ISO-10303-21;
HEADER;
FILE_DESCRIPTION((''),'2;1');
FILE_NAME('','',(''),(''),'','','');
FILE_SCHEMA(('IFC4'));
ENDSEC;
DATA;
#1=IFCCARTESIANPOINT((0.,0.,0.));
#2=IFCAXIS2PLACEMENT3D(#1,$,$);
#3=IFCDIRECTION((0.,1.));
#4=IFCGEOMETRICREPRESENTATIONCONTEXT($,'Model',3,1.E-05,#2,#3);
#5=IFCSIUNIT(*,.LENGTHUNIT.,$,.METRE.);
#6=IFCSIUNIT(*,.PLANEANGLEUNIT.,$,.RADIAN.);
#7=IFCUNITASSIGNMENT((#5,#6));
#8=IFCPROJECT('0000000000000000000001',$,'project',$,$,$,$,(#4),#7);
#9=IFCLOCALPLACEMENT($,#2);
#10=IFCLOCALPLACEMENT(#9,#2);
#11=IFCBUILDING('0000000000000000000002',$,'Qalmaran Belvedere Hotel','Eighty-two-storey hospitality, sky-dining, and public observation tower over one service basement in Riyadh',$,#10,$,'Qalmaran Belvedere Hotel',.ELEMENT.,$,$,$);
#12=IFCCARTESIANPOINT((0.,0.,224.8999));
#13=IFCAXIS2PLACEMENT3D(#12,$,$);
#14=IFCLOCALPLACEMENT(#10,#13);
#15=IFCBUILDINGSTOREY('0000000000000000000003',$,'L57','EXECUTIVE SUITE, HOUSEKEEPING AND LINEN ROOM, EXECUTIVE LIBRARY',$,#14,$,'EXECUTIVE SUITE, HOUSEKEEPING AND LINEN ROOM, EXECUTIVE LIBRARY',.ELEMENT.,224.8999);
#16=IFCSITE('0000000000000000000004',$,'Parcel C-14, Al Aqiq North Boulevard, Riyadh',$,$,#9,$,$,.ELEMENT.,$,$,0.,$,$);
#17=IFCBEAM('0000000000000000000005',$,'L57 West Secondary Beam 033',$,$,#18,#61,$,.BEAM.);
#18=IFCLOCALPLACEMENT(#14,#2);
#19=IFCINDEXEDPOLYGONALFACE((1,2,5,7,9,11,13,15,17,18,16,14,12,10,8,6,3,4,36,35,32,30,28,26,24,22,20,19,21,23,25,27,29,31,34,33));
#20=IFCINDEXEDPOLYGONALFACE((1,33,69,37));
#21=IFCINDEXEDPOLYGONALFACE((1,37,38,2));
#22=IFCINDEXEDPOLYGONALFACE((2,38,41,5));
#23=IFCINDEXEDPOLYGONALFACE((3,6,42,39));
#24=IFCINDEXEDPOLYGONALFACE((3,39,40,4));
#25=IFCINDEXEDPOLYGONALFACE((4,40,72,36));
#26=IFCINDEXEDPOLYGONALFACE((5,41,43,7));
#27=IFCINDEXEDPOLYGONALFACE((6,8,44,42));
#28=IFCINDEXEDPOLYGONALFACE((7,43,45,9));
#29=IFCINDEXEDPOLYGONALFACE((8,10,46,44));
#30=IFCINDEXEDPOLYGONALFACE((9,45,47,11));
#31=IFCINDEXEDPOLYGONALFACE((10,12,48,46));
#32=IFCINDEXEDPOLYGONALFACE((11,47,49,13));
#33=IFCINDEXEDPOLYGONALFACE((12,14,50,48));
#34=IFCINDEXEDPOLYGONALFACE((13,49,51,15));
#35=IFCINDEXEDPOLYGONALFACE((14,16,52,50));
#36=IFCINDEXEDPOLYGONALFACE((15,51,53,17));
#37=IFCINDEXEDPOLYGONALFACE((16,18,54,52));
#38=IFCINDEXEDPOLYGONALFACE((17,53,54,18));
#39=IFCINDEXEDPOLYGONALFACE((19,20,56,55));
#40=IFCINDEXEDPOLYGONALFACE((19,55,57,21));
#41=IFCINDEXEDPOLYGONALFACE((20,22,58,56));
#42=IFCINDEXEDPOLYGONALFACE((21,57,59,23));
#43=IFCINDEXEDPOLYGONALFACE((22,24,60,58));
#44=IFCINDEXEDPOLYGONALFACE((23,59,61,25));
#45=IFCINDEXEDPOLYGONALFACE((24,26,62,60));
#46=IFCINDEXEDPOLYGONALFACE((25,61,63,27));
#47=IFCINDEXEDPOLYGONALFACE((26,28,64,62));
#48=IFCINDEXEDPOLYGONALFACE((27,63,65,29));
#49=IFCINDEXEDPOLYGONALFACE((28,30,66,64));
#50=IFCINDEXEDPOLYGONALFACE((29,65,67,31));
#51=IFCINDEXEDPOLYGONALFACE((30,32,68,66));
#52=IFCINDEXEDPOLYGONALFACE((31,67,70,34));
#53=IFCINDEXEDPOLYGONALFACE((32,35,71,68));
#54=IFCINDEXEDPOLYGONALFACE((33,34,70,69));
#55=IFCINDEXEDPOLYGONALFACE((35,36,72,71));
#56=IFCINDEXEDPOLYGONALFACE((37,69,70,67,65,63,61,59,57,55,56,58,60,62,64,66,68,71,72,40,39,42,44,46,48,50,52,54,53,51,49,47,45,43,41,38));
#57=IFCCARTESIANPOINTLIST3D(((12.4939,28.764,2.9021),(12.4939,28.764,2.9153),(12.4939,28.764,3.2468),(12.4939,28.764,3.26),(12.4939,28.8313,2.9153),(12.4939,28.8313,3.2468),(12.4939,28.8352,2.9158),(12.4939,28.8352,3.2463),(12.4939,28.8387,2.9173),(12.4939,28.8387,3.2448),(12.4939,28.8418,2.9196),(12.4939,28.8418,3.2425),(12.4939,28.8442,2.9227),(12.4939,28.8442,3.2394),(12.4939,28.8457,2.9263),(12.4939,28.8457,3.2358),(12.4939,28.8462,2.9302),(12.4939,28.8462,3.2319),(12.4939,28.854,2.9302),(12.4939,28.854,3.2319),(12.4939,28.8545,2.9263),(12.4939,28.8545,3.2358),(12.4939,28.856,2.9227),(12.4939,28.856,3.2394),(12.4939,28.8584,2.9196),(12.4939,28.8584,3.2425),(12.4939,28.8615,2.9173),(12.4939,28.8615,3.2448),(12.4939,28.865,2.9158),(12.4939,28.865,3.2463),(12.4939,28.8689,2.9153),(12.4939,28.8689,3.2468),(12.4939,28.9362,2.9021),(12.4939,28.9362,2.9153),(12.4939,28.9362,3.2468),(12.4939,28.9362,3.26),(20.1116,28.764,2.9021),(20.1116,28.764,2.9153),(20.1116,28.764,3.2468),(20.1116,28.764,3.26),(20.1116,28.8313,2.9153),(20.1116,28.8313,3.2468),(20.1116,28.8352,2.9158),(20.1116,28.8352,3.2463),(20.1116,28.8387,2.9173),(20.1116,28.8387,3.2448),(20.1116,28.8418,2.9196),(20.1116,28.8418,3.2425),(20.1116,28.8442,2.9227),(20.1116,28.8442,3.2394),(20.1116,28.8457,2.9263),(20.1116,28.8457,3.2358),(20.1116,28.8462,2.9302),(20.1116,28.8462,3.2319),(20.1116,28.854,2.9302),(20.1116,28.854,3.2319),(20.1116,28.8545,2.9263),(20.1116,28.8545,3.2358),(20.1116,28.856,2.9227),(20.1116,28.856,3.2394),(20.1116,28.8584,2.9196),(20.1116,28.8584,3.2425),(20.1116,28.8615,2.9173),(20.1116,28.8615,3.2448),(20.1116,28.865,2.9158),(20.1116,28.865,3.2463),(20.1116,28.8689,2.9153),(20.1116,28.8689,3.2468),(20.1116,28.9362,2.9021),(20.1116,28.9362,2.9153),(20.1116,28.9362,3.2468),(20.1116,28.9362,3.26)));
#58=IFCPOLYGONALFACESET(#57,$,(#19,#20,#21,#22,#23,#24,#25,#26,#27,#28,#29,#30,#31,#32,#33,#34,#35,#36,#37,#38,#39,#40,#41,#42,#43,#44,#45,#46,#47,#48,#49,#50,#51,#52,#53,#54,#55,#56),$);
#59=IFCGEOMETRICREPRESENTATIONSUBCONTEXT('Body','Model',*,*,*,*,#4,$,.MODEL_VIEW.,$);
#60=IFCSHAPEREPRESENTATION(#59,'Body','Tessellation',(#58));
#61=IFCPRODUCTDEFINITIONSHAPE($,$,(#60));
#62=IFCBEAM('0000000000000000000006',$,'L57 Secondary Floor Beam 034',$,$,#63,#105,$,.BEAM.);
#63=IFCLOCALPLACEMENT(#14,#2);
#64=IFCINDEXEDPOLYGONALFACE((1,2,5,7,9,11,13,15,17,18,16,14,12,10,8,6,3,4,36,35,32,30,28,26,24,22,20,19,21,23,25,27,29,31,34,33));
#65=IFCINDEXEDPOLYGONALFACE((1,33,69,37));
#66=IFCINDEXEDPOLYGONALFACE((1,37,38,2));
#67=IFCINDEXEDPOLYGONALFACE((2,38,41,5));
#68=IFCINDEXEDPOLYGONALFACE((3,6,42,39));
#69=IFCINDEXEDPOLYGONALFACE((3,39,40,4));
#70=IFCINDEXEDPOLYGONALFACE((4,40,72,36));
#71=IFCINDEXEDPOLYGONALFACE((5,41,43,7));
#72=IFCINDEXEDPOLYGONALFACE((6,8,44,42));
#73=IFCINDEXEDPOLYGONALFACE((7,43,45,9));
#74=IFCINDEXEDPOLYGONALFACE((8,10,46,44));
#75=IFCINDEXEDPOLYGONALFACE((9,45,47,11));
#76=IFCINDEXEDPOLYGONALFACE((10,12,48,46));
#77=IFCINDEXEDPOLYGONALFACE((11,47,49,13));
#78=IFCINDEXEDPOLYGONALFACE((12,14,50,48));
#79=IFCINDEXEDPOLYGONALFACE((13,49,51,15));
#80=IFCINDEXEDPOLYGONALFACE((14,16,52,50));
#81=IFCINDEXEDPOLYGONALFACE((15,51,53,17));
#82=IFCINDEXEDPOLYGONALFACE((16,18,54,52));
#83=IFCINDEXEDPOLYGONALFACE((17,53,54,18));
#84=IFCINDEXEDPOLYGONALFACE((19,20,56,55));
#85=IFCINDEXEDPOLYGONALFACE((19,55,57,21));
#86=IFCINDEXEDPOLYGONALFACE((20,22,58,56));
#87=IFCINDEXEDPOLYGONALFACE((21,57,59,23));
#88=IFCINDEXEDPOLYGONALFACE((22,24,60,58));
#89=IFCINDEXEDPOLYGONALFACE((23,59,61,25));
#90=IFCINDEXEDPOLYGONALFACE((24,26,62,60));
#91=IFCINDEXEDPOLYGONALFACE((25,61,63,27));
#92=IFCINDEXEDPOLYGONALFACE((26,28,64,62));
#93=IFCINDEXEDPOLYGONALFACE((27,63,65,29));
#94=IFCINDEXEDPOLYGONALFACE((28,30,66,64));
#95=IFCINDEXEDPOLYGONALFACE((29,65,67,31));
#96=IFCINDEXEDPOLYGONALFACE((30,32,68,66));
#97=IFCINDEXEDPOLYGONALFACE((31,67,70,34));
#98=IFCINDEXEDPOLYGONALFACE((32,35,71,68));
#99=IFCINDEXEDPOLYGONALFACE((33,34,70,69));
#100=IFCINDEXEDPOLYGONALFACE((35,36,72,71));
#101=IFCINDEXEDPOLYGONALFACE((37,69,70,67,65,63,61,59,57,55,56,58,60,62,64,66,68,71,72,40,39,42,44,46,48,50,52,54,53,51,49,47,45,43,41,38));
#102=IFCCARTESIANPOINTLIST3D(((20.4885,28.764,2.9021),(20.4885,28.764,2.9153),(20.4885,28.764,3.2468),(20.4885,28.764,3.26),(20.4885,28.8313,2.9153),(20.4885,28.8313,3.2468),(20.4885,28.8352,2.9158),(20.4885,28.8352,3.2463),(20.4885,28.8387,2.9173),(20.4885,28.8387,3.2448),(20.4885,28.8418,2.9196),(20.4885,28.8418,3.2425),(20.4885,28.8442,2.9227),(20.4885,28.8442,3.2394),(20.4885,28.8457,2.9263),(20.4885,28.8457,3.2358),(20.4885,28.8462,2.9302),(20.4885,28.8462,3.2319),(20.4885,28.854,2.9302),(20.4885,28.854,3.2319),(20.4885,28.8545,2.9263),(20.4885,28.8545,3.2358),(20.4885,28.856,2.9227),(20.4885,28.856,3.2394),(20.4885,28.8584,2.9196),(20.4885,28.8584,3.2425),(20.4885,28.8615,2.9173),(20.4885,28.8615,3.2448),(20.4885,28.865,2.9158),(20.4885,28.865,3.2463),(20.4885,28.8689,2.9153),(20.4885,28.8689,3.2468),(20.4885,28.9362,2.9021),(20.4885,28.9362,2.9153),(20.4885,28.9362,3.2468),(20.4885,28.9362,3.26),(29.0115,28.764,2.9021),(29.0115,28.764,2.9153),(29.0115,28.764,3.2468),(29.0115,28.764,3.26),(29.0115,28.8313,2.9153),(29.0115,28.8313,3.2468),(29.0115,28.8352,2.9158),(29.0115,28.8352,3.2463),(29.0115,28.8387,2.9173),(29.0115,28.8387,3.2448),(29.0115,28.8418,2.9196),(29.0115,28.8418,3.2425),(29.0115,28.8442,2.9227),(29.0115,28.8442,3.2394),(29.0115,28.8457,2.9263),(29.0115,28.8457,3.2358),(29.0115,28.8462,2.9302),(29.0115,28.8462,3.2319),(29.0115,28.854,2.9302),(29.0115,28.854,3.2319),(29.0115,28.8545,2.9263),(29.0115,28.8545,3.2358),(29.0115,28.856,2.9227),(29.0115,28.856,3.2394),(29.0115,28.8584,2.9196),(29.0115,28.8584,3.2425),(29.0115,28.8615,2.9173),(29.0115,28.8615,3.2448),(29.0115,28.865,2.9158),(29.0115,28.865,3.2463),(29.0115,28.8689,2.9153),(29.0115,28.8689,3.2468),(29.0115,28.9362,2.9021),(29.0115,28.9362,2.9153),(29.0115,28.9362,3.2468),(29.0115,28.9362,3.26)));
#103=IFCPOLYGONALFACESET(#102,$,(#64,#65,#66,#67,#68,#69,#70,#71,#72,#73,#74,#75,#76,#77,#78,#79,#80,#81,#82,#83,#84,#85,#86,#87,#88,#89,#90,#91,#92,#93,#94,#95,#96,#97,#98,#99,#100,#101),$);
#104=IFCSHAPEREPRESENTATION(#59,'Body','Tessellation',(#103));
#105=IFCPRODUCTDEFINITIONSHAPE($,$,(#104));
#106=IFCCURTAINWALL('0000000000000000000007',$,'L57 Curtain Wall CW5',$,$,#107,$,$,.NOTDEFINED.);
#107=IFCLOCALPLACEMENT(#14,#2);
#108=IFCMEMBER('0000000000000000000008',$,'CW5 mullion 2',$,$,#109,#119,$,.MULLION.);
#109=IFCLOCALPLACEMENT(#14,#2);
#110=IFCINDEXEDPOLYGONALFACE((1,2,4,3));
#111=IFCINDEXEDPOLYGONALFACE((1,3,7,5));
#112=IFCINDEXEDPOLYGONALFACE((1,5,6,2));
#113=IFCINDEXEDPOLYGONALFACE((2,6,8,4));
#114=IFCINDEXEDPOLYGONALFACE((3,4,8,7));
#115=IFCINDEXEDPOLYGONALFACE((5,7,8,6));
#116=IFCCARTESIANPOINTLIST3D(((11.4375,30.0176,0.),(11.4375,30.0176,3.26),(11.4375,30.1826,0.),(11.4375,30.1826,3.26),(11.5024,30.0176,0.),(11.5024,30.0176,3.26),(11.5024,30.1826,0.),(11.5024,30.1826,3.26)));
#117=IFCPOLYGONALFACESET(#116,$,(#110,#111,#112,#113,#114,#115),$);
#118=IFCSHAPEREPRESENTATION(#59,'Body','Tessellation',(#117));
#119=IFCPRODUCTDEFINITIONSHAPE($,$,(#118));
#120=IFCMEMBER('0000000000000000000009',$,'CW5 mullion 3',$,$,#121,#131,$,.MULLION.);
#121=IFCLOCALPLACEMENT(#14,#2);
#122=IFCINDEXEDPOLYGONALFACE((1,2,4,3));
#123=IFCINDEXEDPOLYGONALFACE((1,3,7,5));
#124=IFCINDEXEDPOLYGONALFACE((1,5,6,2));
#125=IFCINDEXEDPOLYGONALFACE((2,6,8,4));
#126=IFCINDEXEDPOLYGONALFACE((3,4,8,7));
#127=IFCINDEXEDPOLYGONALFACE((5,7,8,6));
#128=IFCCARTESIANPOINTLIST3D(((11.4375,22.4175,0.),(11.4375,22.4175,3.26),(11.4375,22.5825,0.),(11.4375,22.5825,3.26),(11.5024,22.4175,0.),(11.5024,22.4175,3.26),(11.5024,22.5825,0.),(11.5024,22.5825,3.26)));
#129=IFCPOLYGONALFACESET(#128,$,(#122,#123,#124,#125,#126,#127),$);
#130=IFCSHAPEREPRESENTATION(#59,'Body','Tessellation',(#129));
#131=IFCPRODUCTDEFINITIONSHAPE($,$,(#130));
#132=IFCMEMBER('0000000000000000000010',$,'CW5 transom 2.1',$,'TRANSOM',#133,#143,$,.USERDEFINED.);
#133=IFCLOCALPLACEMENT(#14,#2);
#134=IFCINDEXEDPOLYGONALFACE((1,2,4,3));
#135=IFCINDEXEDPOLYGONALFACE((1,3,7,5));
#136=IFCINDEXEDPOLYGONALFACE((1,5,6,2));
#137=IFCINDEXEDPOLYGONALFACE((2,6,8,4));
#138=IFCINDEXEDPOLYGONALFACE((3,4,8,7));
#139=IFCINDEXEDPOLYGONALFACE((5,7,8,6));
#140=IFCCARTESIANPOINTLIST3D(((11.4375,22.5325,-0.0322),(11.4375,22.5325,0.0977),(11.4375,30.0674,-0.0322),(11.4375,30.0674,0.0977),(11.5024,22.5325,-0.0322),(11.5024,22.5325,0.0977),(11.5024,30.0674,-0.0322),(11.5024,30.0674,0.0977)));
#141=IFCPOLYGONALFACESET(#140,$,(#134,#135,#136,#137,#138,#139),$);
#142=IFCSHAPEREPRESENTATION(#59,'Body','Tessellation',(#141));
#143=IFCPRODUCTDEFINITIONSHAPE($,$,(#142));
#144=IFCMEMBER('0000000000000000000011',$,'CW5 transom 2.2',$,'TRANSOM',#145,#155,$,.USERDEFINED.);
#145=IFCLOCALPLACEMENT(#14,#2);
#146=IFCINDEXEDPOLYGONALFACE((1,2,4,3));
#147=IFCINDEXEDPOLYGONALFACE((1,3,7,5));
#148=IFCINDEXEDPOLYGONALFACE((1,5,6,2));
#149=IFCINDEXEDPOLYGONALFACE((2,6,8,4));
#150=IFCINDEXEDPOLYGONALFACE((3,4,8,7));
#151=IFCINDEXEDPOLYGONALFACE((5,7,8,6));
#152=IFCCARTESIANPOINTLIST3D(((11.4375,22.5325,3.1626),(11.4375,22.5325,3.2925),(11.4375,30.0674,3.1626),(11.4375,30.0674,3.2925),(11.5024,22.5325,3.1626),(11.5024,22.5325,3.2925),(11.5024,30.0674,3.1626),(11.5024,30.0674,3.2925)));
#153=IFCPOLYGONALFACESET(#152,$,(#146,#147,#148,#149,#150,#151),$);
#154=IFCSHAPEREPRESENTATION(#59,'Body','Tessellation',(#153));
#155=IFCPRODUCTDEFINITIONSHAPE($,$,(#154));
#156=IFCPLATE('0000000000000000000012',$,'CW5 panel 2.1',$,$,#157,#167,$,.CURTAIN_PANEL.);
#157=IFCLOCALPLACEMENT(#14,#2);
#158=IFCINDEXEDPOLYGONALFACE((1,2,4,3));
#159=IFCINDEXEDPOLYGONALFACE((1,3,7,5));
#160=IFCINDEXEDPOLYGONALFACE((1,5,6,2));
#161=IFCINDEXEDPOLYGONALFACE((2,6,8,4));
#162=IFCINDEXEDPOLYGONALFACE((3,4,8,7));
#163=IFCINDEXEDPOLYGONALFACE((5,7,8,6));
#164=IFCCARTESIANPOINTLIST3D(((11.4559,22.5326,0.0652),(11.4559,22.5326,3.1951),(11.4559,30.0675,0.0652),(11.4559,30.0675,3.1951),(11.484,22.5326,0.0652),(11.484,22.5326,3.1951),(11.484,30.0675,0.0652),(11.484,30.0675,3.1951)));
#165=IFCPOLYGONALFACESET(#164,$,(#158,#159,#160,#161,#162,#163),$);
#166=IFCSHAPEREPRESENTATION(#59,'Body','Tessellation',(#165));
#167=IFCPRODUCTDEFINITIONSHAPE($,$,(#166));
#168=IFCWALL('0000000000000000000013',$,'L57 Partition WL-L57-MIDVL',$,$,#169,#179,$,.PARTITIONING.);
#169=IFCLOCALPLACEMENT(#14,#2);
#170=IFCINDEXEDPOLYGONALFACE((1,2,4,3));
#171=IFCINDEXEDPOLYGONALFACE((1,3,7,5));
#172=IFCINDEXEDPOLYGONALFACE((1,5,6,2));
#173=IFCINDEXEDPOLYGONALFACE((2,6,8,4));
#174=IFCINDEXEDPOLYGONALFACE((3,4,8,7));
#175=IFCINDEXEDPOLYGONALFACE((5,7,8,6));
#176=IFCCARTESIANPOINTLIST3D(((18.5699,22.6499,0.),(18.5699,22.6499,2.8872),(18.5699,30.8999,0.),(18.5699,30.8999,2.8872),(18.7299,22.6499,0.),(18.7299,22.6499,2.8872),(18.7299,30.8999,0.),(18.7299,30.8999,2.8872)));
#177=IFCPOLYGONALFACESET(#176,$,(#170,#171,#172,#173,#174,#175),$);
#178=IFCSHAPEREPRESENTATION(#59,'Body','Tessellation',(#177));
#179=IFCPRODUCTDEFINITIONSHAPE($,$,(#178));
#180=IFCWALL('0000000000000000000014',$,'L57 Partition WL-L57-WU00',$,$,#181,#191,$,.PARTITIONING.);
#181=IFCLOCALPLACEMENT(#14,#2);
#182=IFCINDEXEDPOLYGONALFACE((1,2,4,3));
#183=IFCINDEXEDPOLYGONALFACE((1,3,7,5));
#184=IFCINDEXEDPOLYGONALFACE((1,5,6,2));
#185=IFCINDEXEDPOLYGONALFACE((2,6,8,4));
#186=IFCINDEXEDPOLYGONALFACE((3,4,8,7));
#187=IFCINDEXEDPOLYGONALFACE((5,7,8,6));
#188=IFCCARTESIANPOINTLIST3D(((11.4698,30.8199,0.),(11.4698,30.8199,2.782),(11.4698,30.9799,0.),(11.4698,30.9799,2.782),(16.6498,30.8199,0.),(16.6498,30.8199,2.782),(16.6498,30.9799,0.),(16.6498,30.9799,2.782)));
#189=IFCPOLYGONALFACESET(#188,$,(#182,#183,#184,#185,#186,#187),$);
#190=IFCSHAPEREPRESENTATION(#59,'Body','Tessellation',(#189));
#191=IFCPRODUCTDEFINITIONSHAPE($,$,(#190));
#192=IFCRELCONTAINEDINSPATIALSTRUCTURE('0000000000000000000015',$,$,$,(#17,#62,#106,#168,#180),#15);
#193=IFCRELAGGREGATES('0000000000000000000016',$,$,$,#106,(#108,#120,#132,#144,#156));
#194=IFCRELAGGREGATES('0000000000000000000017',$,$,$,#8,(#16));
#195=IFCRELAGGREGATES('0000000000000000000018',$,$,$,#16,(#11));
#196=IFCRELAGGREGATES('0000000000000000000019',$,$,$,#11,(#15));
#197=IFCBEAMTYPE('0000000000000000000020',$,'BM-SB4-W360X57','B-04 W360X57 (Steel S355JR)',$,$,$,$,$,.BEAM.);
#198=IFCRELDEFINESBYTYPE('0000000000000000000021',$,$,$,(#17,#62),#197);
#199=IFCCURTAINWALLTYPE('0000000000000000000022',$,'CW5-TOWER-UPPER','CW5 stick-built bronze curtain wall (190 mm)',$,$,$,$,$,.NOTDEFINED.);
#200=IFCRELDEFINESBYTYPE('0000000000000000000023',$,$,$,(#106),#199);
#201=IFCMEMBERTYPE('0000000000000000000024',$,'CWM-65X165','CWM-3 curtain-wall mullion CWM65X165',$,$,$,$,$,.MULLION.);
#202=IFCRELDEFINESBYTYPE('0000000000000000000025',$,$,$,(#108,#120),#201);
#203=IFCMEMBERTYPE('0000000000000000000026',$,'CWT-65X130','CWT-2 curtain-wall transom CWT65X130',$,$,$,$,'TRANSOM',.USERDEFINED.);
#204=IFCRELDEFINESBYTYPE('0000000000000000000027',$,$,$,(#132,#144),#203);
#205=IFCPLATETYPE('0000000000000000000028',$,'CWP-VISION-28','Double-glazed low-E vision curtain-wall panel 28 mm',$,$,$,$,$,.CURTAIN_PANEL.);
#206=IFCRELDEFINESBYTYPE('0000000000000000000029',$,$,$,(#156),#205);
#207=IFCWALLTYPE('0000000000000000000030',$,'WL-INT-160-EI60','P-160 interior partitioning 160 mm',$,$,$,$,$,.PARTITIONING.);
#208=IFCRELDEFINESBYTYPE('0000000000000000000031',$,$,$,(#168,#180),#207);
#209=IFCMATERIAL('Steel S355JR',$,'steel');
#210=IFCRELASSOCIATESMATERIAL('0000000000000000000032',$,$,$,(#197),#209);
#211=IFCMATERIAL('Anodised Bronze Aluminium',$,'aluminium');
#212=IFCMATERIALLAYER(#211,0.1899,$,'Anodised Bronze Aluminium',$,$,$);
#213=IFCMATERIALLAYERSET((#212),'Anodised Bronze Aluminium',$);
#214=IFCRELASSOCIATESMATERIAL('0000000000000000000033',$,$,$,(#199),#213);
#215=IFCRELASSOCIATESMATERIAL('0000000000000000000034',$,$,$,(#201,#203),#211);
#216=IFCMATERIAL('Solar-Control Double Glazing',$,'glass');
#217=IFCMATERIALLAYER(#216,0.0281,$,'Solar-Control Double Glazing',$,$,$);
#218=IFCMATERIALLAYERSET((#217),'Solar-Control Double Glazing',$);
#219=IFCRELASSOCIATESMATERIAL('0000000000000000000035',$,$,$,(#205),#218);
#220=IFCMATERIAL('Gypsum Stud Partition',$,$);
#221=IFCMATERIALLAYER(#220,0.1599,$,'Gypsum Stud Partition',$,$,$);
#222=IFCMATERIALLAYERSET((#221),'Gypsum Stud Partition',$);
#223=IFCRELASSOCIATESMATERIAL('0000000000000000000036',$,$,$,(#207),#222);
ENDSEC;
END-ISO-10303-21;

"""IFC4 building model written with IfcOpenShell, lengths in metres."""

from ifc_helpers import new_model, si_unit, direction, frame, frame_2d, origin, origin_2d, place, context, subcontext, project, spatial, rectangle, i_section, extrude, material, layer, layer_set, material_profile, profile_set, type_object, element, aggregate, save


model = new_model("IFC4")

# Units and contexts
model_context = context("Model", 3, precision=1e-05, world=origin(), true_north=direction((0.0, 1.0)))
body_context = subcontext(model_context, "Body", "Model", "MODEL_VIEW")
ifc_project = project(units=[si_unit("LENGTHUNIT", "METRE"), si_unit("PLANEANGLEUNIT", "RADIAN")], contexts=[model_context])

# Site, building, storey
site_placement = place(None, origin())
site = spatial("IfcSite", under=ifc_project, at=site_placement, Name="Parcel C-14, Al Aqiq North Boulevard, Riyadh", CompositionType="ELEMENT", RefElevation=0.0)
building_placement = place(site_placement, origin())
building = spatial("IfcBuilding", under=site, at=building_placement, Name="Qalmaran Belvedere Hotel", Description="Eighty-two-storey hospitality, sky-dining, and public observation tower over one service basement in Riyadh", LongName="Qalmaran Belvedere Hotel", CompositionType="ELEMENT")
storey_placement = place(building_placement, frame((0.0, 0.0, 224.8999)))
storey = spatial("IfcBuildingStorey", under=building, at=storey_placement, Name="L57", Description="EXECUTIVE SUITE, HOUSEKEEPING AND LINEN ROOM, EXECUTIVE LIBRARY", LongName="EXECUTIVE SUITE, HOUSEKEEPING AND LINEN ROOM, EXECUTIVE LIBRARY", CompositionType="ELEMENT", Elevation=224.8999)

# Beams
ifc_material_1 = material(Name="Steel S355JR", Category="steel")
ifc_material_profile_1 = material_profile(ifc_material_1, i_section(OverallWidth=0.1721, OverallDepth=0.3579, WebThickness=0.0078, FlangeThickness=0.0132, FilletRadius=0.0149, at=origin_2d()), Name="W360X57")
ifc_profile_set_1 = profile_set([ifc_material_profile_1], Name="Steel S355JR")
beam_type_1 = type_object("IfcBeamType", Name="BM-SB4-W360X57", Description="B-04 W360X57 (Steel S355JR)", PredefinedType="BEAM", material=ifc_profile_set_1)
beam_1_placement = place(storey_placement, frame((12.4939, 28.8501, 3.0811), z_axis=(1.0, 0.0, 0.0), x_axis=(0.0, 1.0, 0.0)))
element("IfcBeam", 1, at=beam_1_placement, inside=storey, type_object=beam_type_1, Name="L57 West Secondary Beam 033", PredefinedType="BEAM", context=body_context, shape_type="SweptSolid", body=[
    extrude(i_section(OverallWidth=0.1721, OverallDepth=0.3579, WebThickness=0.0078, FlangeThickness=0.0132, FilletRadius=0.0149, at=origin_2d()), origin(), (0.0, 0.0, 1.0), 7.6177),
])
beam_2_placement = place(storey_placement, frame((20.4885, 28.8501, 3.0811), z_axis=(1.0, 0.0, 0.0), x_axis=(0.0, 1.0, 0.0)))
element("IfcBeam", 2, at=beam_2_placement, inside=storey, type_object=beam_type_1, Name="L57 Secondary Floor Beam 034", PredefinedType="BEAM", context=body_context, shape_type="SweptSolid", body=[
    extrude(i_section(OverallWidth=0.1721, OverallDepth=0.3579, WebThickness=0.0078, FlangeThickness=0.0132, FilletRadius=0.0149, at=origin_2d()), origin(), (0.0, 0.0, 1.0), 8.5229),
])

# Curtain wall, members, plate
ifc_material_2 = material(Name="Anodised Bronze Aluminium", Category="aluminium")
ifc_layer_1 = layer(ifc_material_2, 0.1899, Name="Anodised Bronze Aluminium")
ifc_layer_set_1 = layer_set([ifc_layer_1], Name="Anodised Bronze Aluminium")
curtain_wall_type = type_object("IfcCurtainWallType", Name="CW5-TOWER-UPPER", Description="CW5 stick-built bronze curtain wall (190 mm)", PredefinedType="NOTDEFINED", material=ifc_layer_set_1)
curtain_wall_placement = place(storey_placement, origin())
curtain_wall = element("IfcCurtainWall", 3, at=curtain_wall_placement, inside=storey, type_object=curtain_wall_type, Name="L57 Curtain Wall CW5", PredefinedType="NOTDEFINED")
ifc_material_profile_2 = material_profile(ifc_material_2, rectangle(XDim=0.0649, YDim=0.165, at=origin_2d()), Name="CWM65X165")
ifc_profile_set_2 = profile_set([ifc_material_profile_2], Name="Anodised Bronze Aluminium")
member_type_1 = type_object("IfcMemberType", Name="CWM-65X165", Description="CWM-3 curtain-wall mullion CWM65X165", PredefinedType="MULLION", material=ifc_profile_set_2)
member_1_placement = place(storey_placement, frame((11.47, 30.1001, 0.0), z_axis=(0.0, 0.0, 1.0), x_axis=(1.0, 0.0, 0.0)))
member_1 = element("IfcMember", 4, at=member_1_placement, type_object=member_type_1, Name="CW5 mullion 2", PredefinedType="MULLION", context=body_context, shape_type="SweptSolid", body=[
    extrude(rectangle(XDim=0.0649, YDim=0.165, at=origin_2d()), origin(), (0.0, 0.0, 1.0), 3.26),
])
member_2_placement = place(storey_placement, frame((11.47, 22.5, 0.0), z_axis=(0.0, 0.0, 1.0), x_axis=(1.0, 0.0, 0.0)))
member_2 = element("IfcMember", 5, at=member_2_placement, type_object=member_type_1, Name="CW5 mullion 3", PredefinedType="MULLION", context=body_context, shape_type="SweptSolid", body=[
    extrude(rectangle(XDim=0.0649, YDim=0.165, at=origin_2d()), origin(), (0.0, 0.0, 1.0), 3.26),
])
ifc_material_profile_3 = material_profile(ifc_material_2, rectangle(XDim=0.0649, YDim=0.1299, at=origin_2d()), Name="CWT65X130")
ifc_profile_set_3 = profile_set([ifc_material_profile_3], Name="Anodised Bronze Aluminium")
member_type_2 = type_object("IfcMemberType", Name="CWT-65X130", Description="CWT-2 curtain-wall transom CWT65X130", ElementType="TRANSOM", PredefinedType="USERDEFINED", material=ifc_profile_set_3)
member_3_placement = place(storey_placement, frame((11.47, 30.0674, 0.0327), z_axis=(0.0, -1.0, 0.0), x_axis=(1.0, 0.0, 0.0)))
member_3 = element("IfcMember", 6, at=member_3_placement, type_object=member_type_2, Name="CW5 transom 2.1", ObjectType="TRANSOM", PredefinedType="USERDEFINED", context=body_context, shape_type="SweptSolid", body=[
    extrude(rectangle(XDim=0.0649, YDim=0.1299, at=origin_2d()), origin(), (0.0, 0.0, 1.0), 7.5349),
])
member_4_placement = place(storey_placement, frame((11.47, 30.0674, 3.2275), z_axis=(0.0, -1.0, 0.0), x_axis=(1.0, 0.0, 0.0)))
member_4 = element("IfcMember", 7, at=member_4_placement, type_object=member_type_2, Name="CW5 transom 2.2", ObjectType="TRANSOM", PredefinedType="USERDEFINED", context=body_context, shape_type="SweptSolid", body=[
    extrude(rectangle(XDim=0.0649, YDim=0.1299, at=origin_2d()), origin(), (0.0, 0.0, 1.0), 7.5349),
])
ifc_material_3 = material(Name="Solar-Control Double Glazing", Category="glass")
ifc_layer_2 = layer(ifc_material_3, 0.0281, Name="Solar-Control Double Glazing")
ifc_layer_set_2 = layer_set([ifc_layer_2], Name="Solar-Control Double Glazing")
plate_type = type_object("IfcPlateType", Name="CWP-VISION-28", Description="Double-glazed low-E vision curtain-wall panel 28 mm", PredefinedType="CURTAIN_PANEL", material=ifc_layer_set_2)
plate_placement = place(storey_placement, frame((11.47, 26.3, 0.0652), z_axis=(0.0, 0.0, 1.0), x_axis=(0.0, -1.0, 0.0)))
plate = element("IfcPlate", 8, at=plate_placement, type_object=plate_type, Name="CW5 panel 2.1", PredefinedType="CURTAIN_PANEL", context=body_context, shape_type="SweptSolid", body=[
    extrude(rectangle(XDim=7.5349, YDim=0.0281, at=origin_2d()), origin(), (0.0, 0.0, 1.0), 3.1299),
])
aggregate(curtain_wall, [member_1, member_2, member_3, member_4, plate])

# Shared definitions
ifc_material_4 = material(Name="Gypsum Stud Partition")

# Walls
ifc_layer_3 = layer(ifc_material_4, 0.1599, Name="Gypsum Stud Partition")
ifc_layer_set_3 = layer_set([ifc_layer_3], Name="Gypsum Stud Partition")
wall_type_1 = type_object("IfcWallType", Name="WL-INT-160-EI60", Description="P-160 interior partitioning 160 mm", PredefinedType="PARTITIONING", material=ifc_layer_set_3)
wall_1_placement = place(storey_placement, frame((18.6499, 22.6499, 0.0), z_axis=(0.0, 0.0, 1.0), x_axis=(0.0, 1.0, 0.0)))
element("IfcWall", 9, at=wall_1_placement, inside=storey, type_object=wall_type_1, Name="L57 Partition WL-L57-MIDVL", PredefinedType="PARTITIONING", context=body_context, shape_type="SweptSolid", body=[
    extrude(rectangle(XDim=8.25, YDim=0.1599, at=frame_2d((4.125, 0.0))), origin(), (0.0, 0.0, 1.0), 2.8872),
])
wall_2_placement = place(storey_placement, frame((11.47, 30.8999, 0.0), z_axis=(0.0, 0.0, 1.0), x_axis=(1.0, 0.0, 0.0)))
element("IfcWall", 10, at=wall_2_placement, inside=storey, type_object=wall_type_1, Name="L57 Partition WL-L57-WU00", PredefinedType="PARTITIONING", context=body_context, shape_type="SweptSolid", body=[
    extrude(rectangle(XDim=5.1799, YDim=0.1599, at=frame_2d((2.5898, 0.0))), origin(), (0.0, 0.0, 1.0), 2.782),
])

save(model, "model.ifc")
